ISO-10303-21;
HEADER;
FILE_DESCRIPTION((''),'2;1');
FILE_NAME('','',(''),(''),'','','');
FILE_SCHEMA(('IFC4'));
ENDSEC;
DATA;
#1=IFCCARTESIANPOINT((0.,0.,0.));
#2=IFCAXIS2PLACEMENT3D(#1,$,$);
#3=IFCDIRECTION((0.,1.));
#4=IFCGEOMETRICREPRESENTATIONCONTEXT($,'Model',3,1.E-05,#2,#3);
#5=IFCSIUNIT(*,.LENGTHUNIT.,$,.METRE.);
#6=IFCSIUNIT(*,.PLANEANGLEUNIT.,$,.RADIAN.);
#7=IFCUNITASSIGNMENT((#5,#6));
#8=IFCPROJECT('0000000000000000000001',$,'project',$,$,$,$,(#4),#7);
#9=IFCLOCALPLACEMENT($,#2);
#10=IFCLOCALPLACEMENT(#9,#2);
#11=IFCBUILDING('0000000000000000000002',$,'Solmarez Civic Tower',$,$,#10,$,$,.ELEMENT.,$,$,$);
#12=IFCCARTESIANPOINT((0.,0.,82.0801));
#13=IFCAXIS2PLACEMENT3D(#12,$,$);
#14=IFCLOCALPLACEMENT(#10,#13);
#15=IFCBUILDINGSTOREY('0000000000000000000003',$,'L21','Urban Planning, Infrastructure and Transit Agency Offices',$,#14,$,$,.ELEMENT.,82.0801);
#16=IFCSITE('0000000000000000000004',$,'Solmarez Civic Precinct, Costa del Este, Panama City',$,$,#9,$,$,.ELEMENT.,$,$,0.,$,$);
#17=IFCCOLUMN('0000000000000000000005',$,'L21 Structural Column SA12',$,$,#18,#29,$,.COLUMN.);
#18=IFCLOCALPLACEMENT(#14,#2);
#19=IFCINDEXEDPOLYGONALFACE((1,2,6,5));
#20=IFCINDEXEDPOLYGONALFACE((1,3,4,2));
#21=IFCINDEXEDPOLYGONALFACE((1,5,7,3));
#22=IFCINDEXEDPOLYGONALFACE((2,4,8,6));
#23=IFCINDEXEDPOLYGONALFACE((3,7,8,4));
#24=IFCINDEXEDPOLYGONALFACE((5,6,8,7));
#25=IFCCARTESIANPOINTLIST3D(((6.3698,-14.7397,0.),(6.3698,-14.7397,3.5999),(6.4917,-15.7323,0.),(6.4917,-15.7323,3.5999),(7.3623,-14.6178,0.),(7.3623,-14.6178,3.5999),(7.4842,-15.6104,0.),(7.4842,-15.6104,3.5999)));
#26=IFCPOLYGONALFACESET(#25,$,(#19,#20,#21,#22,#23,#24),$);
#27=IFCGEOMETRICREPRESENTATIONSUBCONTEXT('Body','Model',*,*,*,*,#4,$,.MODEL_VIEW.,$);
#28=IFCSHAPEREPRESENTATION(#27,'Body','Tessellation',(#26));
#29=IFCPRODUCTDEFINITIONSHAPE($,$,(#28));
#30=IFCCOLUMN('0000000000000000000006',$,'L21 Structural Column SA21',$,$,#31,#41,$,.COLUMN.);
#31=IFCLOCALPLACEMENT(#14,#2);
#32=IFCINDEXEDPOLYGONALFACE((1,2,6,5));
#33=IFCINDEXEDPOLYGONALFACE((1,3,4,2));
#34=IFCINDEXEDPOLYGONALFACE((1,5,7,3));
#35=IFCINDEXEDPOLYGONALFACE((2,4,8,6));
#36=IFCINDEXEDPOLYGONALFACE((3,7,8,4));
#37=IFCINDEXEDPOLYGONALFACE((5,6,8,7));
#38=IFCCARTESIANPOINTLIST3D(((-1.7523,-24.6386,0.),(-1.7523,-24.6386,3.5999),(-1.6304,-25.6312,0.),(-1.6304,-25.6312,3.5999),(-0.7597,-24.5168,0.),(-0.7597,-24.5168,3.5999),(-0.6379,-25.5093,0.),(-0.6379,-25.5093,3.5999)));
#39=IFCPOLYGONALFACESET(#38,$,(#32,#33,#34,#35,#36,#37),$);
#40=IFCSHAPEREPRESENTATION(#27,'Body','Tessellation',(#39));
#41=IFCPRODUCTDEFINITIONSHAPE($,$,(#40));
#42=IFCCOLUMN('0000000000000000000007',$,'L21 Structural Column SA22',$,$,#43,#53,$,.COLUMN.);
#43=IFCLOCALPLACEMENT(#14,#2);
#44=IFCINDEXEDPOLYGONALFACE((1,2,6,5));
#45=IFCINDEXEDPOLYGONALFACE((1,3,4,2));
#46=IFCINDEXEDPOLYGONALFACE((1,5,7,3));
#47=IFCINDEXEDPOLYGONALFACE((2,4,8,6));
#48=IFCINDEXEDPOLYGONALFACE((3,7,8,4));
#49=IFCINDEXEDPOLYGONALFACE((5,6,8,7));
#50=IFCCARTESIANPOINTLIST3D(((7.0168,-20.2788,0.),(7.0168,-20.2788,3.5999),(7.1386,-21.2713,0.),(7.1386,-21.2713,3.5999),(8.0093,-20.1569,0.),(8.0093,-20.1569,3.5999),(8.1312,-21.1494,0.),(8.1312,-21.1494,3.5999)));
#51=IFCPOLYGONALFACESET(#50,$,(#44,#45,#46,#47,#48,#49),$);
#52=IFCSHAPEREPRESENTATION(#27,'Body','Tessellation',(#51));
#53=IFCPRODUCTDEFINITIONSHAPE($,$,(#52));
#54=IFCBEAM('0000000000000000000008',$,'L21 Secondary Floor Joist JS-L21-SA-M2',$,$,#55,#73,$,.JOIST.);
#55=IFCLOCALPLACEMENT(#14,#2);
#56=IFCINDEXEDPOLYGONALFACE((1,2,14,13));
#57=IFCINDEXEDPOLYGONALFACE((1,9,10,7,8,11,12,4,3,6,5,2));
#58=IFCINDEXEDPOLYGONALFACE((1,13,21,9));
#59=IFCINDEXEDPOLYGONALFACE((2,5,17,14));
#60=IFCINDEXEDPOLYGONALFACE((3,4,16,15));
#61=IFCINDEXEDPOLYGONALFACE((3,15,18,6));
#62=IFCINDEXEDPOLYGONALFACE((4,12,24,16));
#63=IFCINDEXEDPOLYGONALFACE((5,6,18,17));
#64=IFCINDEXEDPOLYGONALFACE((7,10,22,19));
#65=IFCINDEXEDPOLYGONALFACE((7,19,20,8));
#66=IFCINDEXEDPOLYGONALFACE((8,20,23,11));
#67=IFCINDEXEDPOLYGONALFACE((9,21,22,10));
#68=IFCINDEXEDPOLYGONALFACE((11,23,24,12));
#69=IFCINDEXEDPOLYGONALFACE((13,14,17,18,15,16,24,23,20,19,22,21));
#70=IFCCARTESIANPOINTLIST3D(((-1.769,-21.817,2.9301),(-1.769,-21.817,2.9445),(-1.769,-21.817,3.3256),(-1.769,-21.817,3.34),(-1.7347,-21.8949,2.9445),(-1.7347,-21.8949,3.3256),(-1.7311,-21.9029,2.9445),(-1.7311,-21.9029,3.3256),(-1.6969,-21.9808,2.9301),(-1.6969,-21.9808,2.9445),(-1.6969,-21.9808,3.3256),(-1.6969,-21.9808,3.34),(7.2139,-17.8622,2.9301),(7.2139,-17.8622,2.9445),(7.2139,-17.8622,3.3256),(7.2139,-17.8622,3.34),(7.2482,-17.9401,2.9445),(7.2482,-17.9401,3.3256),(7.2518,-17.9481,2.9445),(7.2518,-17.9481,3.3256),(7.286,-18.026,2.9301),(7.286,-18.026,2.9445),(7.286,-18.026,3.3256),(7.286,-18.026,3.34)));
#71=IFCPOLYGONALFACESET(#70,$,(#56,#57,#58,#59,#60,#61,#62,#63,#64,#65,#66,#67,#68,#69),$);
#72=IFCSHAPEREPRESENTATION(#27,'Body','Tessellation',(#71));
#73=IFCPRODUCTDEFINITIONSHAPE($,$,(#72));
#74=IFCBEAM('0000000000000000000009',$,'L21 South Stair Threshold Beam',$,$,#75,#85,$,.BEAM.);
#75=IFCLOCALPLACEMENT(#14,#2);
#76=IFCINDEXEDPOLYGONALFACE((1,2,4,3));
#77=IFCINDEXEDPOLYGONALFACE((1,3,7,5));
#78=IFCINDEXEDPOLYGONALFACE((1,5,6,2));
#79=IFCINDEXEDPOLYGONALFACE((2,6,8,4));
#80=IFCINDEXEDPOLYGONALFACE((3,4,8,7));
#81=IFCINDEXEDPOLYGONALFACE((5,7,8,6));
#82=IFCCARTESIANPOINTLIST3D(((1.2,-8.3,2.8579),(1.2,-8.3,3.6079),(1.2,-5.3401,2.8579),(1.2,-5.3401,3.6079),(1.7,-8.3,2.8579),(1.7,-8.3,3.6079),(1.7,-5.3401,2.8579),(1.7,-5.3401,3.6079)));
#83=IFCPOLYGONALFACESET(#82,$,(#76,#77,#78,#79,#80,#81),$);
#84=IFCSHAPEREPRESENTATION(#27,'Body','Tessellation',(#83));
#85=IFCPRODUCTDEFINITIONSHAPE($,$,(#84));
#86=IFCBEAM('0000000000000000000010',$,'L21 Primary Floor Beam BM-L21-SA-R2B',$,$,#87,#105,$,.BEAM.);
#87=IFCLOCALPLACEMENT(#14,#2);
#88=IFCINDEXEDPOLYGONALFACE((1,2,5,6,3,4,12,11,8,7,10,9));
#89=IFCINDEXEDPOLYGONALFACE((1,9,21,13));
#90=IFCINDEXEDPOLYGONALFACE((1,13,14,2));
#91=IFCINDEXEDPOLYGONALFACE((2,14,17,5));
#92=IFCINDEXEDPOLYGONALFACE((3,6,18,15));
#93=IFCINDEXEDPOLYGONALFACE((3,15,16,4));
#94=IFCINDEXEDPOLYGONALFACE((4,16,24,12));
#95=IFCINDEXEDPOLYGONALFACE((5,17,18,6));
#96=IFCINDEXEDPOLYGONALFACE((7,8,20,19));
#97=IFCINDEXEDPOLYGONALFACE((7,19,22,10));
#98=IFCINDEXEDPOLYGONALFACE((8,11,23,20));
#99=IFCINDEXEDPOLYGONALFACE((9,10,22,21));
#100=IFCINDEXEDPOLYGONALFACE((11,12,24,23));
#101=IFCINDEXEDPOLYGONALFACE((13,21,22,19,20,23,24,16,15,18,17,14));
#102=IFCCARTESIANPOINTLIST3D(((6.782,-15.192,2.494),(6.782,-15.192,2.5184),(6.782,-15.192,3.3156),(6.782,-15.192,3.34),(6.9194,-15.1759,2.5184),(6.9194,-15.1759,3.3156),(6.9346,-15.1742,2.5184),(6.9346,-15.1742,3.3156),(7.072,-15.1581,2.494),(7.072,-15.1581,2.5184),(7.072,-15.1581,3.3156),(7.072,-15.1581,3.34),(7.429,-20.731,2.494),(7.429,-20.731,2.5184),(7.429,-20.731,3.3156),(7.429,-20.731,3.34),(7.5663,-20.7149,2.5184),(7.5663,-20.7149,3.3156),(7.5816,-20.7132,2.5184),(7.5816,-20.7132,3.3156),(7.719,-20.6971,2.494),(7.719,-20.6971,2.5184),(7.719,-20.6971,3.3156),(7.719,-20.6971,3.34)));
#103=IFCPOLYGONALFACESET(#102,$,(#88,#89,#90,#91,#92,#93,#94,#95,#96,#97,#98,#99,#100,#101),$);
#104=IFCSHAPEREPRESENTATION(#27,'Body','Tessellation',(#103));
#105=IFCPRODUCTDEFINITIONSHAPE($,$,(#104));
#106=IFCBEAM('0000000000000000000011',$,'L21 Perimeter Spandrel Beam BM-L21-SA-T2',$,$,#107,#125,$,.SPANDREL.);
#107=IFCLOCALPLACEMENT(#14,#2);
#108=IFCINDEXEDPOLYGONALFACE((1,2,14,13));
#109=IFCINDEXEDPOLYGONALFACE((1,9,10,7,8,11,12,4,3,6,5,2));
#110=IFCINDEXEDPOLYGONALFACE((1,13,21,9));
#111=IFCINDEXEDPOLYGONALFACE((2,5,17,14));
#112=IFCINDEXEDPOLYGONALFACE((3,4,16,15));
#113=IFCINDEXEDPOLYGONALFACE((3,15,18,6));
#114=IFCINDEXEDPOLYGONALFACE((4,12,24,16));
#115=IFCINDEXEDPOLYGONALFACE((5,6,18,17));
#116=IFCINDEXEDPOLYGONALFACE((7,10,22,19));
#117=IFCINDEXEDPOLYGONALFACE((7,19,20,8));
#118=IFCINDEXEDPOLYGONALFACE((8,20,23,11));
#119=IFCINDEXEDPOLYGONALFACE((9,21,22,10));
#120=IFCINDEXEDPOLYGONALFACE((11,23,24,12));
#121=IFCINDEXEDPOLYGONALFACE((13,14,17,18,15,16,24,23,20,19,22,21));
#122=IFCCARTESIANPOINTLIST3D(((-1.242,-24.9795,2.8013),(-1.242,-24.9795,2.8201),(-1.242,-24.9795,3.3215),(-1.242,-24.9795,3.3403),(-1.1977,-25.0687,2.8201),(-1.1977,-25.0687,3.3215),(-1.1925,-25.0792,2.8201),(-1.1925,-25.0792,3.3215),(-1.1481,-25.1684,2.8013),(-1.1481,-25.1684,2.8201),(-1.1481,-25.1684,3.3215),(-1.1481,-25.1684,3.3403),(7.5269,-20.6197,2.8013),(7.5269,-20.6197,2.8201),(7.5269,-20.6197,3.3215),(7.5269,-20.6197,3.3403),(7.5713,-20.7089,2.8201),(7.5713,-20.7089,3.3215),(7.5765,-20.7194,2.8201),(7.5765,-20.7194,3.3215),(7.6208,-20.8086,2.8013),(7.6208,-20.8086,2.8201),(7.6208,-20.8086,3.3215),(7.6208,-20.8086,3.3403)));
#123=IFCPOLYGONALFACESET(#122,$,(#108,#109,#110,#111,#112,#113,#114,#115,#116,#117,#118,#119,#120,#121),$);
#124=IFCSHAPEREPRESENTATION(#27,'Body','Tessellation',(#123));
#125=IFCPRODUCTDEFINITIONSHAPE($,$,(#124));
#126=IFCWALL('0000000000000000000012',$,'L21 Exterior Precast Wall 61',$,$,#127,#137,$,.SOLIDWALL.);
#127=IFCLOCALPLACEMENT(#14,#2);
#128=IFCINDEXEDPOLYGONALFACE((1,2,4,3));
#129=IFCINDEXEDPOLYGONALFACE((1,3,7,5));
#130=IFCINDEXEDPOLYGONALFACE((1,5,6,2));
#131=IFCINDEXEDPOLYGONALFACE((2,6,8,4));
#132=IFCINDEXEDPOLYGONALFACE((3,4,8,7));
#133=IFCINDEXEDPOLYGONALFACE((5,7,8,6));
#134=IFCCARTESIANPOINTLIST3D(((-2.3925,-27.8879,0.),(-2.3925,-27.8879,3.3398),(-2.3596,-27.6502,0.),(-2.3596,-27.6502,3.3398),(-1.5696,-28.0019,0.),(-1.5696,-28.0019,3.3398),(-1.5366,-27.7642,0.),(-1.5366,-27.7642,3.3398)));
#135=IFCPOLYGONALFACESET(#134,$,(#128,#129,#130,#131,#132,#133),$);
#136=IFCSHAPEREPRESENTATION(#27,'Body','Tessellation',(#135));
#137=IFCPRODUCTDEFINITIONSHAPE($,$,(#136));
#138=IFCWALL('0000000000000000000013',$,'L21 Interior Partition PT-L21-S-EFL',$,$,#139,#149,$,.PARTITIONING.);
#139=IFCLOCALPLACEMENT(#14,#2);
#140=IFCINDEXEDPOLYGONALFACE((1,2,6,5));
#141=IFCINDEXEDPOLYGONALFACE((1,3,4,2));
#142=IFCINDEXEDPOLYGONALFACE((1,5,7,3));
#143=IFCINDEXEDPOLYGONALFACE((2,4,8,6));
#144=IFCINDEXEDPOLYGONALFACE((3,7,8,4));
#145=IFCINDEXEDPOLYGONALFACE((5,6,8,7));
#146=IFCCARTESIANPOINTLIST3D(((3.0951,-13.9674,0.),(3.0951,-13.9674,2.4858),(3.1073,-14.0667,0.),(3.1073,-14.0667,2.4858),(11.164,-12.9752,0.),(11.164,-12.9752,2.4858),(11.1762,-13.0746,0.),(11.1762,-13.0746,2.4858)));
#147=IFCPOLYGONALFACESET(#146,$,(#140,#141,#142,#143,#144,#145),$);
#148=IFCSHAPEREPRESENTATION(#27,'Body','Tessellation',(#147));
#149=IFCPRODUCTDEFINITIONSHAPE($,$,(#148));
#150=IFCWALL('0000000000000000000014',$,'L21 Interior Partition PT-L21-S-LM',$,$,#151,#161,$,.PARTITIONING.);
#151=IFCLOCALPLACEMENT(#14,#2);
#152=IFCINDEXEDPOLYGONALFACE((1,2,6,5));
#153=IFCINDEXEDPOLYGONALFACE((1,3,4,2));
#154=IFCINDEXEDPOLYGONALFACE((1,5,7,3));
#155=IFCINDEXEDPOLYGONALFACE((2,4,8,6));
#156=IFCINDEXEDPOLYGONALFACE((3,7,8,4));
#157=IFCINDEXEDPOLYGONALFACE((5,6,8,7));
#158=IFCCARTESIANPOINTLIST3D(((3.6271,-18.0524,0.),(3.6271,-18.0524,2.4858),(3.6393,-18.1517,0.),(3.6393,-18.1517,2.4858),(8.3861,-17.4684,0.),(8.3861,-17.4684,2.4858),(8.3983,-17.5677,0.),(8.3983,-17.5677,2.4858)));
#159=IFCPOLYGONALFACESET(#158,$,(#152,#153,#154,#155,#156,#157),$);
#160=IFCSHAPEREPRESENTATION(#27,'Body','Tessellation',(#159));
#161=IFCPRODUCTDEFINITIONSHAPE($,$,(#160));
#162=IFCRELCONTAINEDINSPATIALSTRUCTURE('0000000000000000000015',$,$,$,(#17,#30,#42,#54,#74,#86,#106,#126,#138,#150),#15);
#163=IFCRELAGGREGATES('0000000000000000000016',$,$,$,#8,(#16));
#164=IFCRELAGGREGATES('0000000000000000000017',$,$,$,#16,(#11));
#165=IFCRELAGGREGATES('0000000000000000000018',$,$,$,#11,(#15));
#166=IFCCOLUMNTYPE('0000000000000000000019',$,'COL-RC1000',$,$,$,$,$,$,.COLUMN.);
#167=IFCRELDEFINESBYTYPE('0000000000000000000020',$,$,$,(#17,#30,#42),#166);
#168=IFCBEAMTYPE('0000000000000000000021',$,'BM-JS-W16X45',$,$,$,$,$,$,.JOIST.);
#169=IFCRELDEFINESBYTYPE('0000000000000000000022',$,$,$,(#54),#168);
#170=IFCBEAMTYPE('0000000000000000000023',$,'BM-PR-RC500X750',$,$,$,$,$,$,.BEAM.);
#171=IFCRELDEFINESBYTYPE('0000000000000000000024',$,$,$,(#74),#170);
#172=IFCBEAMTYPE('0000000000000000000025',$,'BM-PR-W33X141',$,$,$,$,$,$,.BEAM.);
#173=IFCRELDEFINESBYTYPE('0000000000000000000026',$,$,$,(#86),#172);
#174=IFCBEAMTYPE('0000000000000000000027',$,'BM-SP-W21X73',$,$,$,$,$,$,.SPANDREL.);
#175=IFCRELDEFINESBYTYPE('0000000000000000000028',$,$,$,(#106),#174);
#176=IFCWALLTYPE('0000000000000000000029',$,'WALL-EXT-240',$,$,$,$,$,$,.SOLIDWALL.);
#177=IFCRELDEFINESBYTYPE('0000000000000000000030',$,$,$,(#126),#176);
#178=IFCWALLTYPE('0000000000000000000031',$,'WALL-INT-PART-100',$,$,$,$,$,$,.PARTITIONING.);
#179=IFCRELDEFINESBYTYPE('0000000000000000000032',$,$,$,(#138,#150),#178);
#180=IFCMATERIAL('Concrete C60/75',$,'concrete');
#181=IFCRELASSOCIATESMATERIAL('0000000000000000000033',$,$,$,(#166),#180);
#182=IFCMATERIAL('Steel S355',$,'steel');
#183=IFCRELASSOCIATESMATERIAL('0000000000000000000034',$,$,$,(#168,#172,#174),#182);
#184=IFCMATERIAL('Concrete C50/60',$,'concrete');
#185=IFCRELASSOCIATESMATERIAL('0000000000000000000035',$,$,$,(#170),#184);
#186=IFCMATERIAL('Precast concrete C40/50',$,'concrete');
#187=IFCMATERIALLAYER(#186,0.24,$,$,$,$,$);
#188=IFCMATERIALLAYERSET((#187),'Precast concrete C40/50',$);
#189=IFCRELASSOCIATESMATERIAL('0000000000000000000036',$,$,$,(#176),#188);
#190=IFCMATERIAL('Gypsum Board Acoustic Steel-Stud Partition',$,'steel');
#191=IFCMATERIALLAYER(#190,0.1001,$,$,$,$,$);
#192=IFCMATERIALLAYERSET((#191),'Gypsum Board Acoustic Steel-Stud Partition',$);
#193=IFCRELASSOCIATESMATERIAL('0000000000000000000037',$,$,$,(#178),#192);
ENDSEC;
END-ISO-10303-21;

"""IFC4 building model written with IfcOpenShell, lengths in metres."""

from ifc_helpers import new_model, si_unit, direction, frame, frame_2d, origin, origin_2d, place, context, subcontext, project, spatial, rectangle, i_section, extrude, material, layer, layer_set, material_profile, profile_set, type_object, element, save


model = new_model("IFC4")

# Units and contexts
model_context = context("Model", 3, precision=1e-05, world=origin(), true_north=direction((0.0, 1.0)))
body_context = subcontext(model_context, "Body", "Model", "MODEL_VIEW")
ifc_project = project(units=[si_unit("LENGTHUNIT", "METRE"), si_unit("PLANEANGLEUNIT", "RADIAN")], contexts=[model_context])

# Site, building, storey
site_placement = place(None, origin())
site = spatial("IfcSite", under=ifc_project, at=site_placement, Name="Solmarez Civic Precinct, Costa del Este, Panama City", CompositionType="ELEMENT", RefElevation=0.0)
building_placement = place(site_placement, origin())
building = spatial("IfcBuilding", under=site, at=building_placement, Name="Solmarez Civic Tower", CompositionType="ELEMENT")
storey_placement = place(building_placement, frame((0.0, 0.0, 82.0801)))
storey = spatial("IfcBuildingStorey", under=building, at=storey_placement, Name="L21", Description="Urban Planning, Infrastructure and Transit Agency Offices", CompositionType="ELEMENT", Elevation=82.0801)

# Columns
ifc_material_1 = material(Name="Concrete C60/75", Category="concrete")
ifc_material_profile_1 = material_profile(ifc_material_1, rectangle(XDim=1.0, YDim=1.0, at=origin_2d()), Name="RC1000X1000")
ifc_profile_set_1 = profile_set([ifc_material_profile_1], Name="Concrete C60/75")
column_type = type_object("IfcColumnType", Name="COL-RC1000", PredefinedType="COLUMN", material=ifc_profile_set_1)
for number, where, z_axis, x_axis, name in (
    (1, (6.927, -15.175, 0.0), (0.0, 0.0, 1.0), (0.992546, 0.121869, 0.0), "L21 Structural Column SA12"),
    (2, (-1.1951, -25.074, 0.0), (0.0, 0.0, 1.0), (0.992546, 0.121869, 0.0), "L21 Structural Column SA21"),
    (3, (7.574, -20.7141, 0.0), (0.0, 0.0, 1.0), (0.992546, 0.121869, 0.0), "L21 Structural Column SA22"),
):
    element("IfcColumn", number, at=place(storey_placement, frame(where, z_axis=z_axis, x_axis=x_axis)), inside=storey, type_object=column_type, Name=name, PredefinedType="COLUMN", context=body_context, shape_type="SweptSolid", body=[
        extrude(rectangle(XDim=1.0, YDim=1.0, at=origin_2d()), origin(), (0.0, 0.0, 1.0), 3.5999),
    ])

# Beams
ifc_material_2 = material(Name="Steel S355", Category="steel")
ifc_material_profile_2 = material_profile(ifc_material_2, i_section(OverallWidth=0.179, OverallDepth=0.4099, WebThickness=0.0088, FlangeThickness=0.0144, at=origin_2d()), Name="W16X45")
ifc_profile_set_2 = profile_set([ifc_material_profile_2], Name="Steel S355")
beam_type_1 = type_object("IfcBeamType", Name="BM-JS-W16X45", PredefinedType="JOIST", material=ifc_profile_set_2)
beam_1_placement = place(storey_placement, frame((-1.7329, -21.8989, 3.135), z_axis=(0.915227, 0.402939, 0.0), x_axis=(-0.402939, 0.915227, 0.0)))
element("IfcBeam", 4, at=beam_1_placement, inside=storey, type_object=beam_type_1, Name="L21 Secondary Floor Joist JS-L21-SA-M2", PredefinedType="JOIST", context=body_context, shape_type="SweptSolid", body=[
    extrude(i_section(OverallWidth=0.179, OverallDepth=0.4099, WebThickness=0.0088, FlangeThickness=0.0144, at=origin_2d()), origin(), (0.0, 0.0, 1.0), 9.8149),
])
ifc_material_3 = material(Name="Concrete C50/60", Category="concrete")
ifc_material_profile_3 = material_profile(ifc_material_3, rectangle(XDim=0.5, YDim=0.75, at=origin_2d()), Name="RC500X750")
ifc_profile_set_3 = profile_set([ifc_material_profile_3], Name="Concrete C50/60")
beam_type_2 = type_object("IfcBeamType", Name="BM-PR-RC500X750", PredefinedType="BEAM", material=ifc_profile_set_3)
beam_2_placement = place(storey_placement, frame((1.45, -8.3, 3.2329), z_axis=(0.0, 1.0, 0.0), x_axis=(-1.0, 0.0, 0.0)))
element("IfcBeam", 5, at=beam_2_placement, inside=storey, type_object=beam_type_2, Name="L21 South Stair Threshold Beam", PredefinedType="BEAM", context=body_context, shape_type="SweptSolid", body=[
    extrude(rectangle(XDim=0.5, YDim=0.75, at=origin_2d()), origin(), (0.0, 0.0, 1.0), 2.96),
])
ifc_material_profile_4 = material_profile(ifc_material_2, i_section(OverallWidth=0.292, OverallDepth=0.8459, WebThickness=0.0154, FlangeThickness=0.0244, at=origin_2d()), Name="W33X141")
ifc_profile_set_4 = profile_set([ifc_material_profile_4], Name="Steel S355")
beam_type_3 = type_object("IfcBeamType", Name="BM-PR-W33X141", PredefinedType="BEAM", material=ifc_profile_set_4)
beam_3_placement = place(storey_placement, frame((6.927, -15.175, 2.917), z_axis=(0.116013, -0.993248, 0.0), x_axis=(0.993248, 0.116013, 0.0)))
element("IfcBeam", 6, at=beam_3_placement, inside=storey, type_object=beam_type_3, Name="L21 Primary Floor Beam BM-L21-SA-R2B", PredefinedType="BEAM", context=body_context, shape_type="SweptSolid", body=[
    extrude(i_section(OverallWidth=0.292, OverallDepth=0.8459, WebThickness=0.0154, FlangeThickness=0.0244, at=origin_2d()), origin(), (0.0, 0.0, 1.0), 5.5767),
])
ifc_material_profile_5 = material_profile(ifc_material_2, i_section(OverallWidth=0.2109, OverallDepth=0.5391, WebThickness=0.0117, FlangeThickness=0.0188, at=origin_2d()), Name="W21X73")
ifc_profile_set_5 = profile_set([ifc_material_profile_5], Name="Steel S355")
beam_type_4 = type_object("IfcBeamType", Name="BM-SP-W21X73", PredefinedType="SPANDREL", material=ifc_profile_set_5)
beam_4_placement = place(storey_placement, frame((-1.1951, -25.074, 3.0708), z_axis=(0.895432, 0.445198, 0.0), x_axis=(-0.445198, 0.895432, 0.0)))
element("IfcBeam", 7, at=beam_4_placement, inside=storey, type_object=beam_type_4, Name="L21 Perimeter Spandrel Beam BM-L21-SA-T2", PredefinedType="SPANDREL", context=body_context, shape_type="SweptSolid", body=[
    extrude(i_section(OverallWidth=0.2109, OverallDepth=0.5391, WebThickness=0.0117, FlangeThickness=0.0188, at=origin_2d()), origin(), (0.0, 0.0, 1.0), 9.793),
])

# Walls
ifc_material_4 = material(Name="Precast concrete C40/50", Category="concrete")
ifc_layer_1 = layer(ifc_material_4, 0.24)
ifc_layer_set_1 = layer_set([ifc_layer_1], Name="Precast concrete C40/50")
wall_type_1 = type_object("IfcWallType", Name="WALL-EXT-240", PredefinedType="SOLIDWALL", material=ifc_layer_set_1)
wall_1_placement = place(storey_placement, frame((-1.553, -27.8831, 0.0), z_axis=(0.0, 0.0, 1.0), x_axis=(-0.99054, 0.137224, 0.0)))
element("IfcWall", 8, at=wall_1_placement, inside=storey, type_object=wall_type_1, Name="L21 Exterior Precast Wall 61", PredefinedType="SOLIDWALL", context=body_context, shape_type="SweptSolid", body=[
    extrude(rectangle(XDim=0.8308, YDim=0.24, at=frame_2d((0.4155, 0.0))), origin(), (0.0, 0.0, 1.0), 3.3398),
])
ifc_material_5 = material(Name="Gypsum Board Acoustic Steel-Stud Partition", Category="steel")
ifc_layer_2 = layer(ifc_material_5, 0.1001)
ifc_layer_set_2 = layer_set([ifc_layer_2], Name="Gypsum Board Acoustic Steel-Stud Partition")
wall_type_2 = type_object("IfcWallType", Name="WALL-INT-PART-100", PredefinedType="PARTITIONING", material=ifc_layer_set_2)
wall_2_placement = place(storey_placement, frame((3.1011, -14.0171, 0.0), z_axis=(0.0, 0.0, 1.0), x_axis=(0.992524, 0.122046, 0.0)))
element("IfcWall", 9, at=wall_2_placement, inside=storey, type_object=wall_type_2, Name="L21 Interior Partition PT-L21-S-EFL", PredefinedType="PARTITIONING", context=body_context, shape_type="SweptSolid", body=[
    extrude(rectangle(XDim=8.1296, YDim=0.1001, at=frame_2d((4.0649, 0.0))), origin(), (0.0, 0.0, 1.0), 2.4858),
])
wall_3_placement = place(storey_placement, frame((3.6331, -18.1021, 0.0), z_axis=(0.0, 0.0, 1.0), x_axis=(0.992555, 0.121797, 0.0)))
element("IfcWall", 10, at=wall_3_placement, inside=storey, type_object=wall_type_2, Name="L21 Interior Partition PT-L21-S-LM", PredefinedType="PARTITIONING", context=body_context, shape_type="SweptSolid", body=[
    extrude(rectangle(XDim=4.7947, YDim=0.1001, at=frame_2d((2.3975, 0.0))), origin(), (0.0, 0.0, 1.0), 2.4858),
])

save(model, "model.ifc")
